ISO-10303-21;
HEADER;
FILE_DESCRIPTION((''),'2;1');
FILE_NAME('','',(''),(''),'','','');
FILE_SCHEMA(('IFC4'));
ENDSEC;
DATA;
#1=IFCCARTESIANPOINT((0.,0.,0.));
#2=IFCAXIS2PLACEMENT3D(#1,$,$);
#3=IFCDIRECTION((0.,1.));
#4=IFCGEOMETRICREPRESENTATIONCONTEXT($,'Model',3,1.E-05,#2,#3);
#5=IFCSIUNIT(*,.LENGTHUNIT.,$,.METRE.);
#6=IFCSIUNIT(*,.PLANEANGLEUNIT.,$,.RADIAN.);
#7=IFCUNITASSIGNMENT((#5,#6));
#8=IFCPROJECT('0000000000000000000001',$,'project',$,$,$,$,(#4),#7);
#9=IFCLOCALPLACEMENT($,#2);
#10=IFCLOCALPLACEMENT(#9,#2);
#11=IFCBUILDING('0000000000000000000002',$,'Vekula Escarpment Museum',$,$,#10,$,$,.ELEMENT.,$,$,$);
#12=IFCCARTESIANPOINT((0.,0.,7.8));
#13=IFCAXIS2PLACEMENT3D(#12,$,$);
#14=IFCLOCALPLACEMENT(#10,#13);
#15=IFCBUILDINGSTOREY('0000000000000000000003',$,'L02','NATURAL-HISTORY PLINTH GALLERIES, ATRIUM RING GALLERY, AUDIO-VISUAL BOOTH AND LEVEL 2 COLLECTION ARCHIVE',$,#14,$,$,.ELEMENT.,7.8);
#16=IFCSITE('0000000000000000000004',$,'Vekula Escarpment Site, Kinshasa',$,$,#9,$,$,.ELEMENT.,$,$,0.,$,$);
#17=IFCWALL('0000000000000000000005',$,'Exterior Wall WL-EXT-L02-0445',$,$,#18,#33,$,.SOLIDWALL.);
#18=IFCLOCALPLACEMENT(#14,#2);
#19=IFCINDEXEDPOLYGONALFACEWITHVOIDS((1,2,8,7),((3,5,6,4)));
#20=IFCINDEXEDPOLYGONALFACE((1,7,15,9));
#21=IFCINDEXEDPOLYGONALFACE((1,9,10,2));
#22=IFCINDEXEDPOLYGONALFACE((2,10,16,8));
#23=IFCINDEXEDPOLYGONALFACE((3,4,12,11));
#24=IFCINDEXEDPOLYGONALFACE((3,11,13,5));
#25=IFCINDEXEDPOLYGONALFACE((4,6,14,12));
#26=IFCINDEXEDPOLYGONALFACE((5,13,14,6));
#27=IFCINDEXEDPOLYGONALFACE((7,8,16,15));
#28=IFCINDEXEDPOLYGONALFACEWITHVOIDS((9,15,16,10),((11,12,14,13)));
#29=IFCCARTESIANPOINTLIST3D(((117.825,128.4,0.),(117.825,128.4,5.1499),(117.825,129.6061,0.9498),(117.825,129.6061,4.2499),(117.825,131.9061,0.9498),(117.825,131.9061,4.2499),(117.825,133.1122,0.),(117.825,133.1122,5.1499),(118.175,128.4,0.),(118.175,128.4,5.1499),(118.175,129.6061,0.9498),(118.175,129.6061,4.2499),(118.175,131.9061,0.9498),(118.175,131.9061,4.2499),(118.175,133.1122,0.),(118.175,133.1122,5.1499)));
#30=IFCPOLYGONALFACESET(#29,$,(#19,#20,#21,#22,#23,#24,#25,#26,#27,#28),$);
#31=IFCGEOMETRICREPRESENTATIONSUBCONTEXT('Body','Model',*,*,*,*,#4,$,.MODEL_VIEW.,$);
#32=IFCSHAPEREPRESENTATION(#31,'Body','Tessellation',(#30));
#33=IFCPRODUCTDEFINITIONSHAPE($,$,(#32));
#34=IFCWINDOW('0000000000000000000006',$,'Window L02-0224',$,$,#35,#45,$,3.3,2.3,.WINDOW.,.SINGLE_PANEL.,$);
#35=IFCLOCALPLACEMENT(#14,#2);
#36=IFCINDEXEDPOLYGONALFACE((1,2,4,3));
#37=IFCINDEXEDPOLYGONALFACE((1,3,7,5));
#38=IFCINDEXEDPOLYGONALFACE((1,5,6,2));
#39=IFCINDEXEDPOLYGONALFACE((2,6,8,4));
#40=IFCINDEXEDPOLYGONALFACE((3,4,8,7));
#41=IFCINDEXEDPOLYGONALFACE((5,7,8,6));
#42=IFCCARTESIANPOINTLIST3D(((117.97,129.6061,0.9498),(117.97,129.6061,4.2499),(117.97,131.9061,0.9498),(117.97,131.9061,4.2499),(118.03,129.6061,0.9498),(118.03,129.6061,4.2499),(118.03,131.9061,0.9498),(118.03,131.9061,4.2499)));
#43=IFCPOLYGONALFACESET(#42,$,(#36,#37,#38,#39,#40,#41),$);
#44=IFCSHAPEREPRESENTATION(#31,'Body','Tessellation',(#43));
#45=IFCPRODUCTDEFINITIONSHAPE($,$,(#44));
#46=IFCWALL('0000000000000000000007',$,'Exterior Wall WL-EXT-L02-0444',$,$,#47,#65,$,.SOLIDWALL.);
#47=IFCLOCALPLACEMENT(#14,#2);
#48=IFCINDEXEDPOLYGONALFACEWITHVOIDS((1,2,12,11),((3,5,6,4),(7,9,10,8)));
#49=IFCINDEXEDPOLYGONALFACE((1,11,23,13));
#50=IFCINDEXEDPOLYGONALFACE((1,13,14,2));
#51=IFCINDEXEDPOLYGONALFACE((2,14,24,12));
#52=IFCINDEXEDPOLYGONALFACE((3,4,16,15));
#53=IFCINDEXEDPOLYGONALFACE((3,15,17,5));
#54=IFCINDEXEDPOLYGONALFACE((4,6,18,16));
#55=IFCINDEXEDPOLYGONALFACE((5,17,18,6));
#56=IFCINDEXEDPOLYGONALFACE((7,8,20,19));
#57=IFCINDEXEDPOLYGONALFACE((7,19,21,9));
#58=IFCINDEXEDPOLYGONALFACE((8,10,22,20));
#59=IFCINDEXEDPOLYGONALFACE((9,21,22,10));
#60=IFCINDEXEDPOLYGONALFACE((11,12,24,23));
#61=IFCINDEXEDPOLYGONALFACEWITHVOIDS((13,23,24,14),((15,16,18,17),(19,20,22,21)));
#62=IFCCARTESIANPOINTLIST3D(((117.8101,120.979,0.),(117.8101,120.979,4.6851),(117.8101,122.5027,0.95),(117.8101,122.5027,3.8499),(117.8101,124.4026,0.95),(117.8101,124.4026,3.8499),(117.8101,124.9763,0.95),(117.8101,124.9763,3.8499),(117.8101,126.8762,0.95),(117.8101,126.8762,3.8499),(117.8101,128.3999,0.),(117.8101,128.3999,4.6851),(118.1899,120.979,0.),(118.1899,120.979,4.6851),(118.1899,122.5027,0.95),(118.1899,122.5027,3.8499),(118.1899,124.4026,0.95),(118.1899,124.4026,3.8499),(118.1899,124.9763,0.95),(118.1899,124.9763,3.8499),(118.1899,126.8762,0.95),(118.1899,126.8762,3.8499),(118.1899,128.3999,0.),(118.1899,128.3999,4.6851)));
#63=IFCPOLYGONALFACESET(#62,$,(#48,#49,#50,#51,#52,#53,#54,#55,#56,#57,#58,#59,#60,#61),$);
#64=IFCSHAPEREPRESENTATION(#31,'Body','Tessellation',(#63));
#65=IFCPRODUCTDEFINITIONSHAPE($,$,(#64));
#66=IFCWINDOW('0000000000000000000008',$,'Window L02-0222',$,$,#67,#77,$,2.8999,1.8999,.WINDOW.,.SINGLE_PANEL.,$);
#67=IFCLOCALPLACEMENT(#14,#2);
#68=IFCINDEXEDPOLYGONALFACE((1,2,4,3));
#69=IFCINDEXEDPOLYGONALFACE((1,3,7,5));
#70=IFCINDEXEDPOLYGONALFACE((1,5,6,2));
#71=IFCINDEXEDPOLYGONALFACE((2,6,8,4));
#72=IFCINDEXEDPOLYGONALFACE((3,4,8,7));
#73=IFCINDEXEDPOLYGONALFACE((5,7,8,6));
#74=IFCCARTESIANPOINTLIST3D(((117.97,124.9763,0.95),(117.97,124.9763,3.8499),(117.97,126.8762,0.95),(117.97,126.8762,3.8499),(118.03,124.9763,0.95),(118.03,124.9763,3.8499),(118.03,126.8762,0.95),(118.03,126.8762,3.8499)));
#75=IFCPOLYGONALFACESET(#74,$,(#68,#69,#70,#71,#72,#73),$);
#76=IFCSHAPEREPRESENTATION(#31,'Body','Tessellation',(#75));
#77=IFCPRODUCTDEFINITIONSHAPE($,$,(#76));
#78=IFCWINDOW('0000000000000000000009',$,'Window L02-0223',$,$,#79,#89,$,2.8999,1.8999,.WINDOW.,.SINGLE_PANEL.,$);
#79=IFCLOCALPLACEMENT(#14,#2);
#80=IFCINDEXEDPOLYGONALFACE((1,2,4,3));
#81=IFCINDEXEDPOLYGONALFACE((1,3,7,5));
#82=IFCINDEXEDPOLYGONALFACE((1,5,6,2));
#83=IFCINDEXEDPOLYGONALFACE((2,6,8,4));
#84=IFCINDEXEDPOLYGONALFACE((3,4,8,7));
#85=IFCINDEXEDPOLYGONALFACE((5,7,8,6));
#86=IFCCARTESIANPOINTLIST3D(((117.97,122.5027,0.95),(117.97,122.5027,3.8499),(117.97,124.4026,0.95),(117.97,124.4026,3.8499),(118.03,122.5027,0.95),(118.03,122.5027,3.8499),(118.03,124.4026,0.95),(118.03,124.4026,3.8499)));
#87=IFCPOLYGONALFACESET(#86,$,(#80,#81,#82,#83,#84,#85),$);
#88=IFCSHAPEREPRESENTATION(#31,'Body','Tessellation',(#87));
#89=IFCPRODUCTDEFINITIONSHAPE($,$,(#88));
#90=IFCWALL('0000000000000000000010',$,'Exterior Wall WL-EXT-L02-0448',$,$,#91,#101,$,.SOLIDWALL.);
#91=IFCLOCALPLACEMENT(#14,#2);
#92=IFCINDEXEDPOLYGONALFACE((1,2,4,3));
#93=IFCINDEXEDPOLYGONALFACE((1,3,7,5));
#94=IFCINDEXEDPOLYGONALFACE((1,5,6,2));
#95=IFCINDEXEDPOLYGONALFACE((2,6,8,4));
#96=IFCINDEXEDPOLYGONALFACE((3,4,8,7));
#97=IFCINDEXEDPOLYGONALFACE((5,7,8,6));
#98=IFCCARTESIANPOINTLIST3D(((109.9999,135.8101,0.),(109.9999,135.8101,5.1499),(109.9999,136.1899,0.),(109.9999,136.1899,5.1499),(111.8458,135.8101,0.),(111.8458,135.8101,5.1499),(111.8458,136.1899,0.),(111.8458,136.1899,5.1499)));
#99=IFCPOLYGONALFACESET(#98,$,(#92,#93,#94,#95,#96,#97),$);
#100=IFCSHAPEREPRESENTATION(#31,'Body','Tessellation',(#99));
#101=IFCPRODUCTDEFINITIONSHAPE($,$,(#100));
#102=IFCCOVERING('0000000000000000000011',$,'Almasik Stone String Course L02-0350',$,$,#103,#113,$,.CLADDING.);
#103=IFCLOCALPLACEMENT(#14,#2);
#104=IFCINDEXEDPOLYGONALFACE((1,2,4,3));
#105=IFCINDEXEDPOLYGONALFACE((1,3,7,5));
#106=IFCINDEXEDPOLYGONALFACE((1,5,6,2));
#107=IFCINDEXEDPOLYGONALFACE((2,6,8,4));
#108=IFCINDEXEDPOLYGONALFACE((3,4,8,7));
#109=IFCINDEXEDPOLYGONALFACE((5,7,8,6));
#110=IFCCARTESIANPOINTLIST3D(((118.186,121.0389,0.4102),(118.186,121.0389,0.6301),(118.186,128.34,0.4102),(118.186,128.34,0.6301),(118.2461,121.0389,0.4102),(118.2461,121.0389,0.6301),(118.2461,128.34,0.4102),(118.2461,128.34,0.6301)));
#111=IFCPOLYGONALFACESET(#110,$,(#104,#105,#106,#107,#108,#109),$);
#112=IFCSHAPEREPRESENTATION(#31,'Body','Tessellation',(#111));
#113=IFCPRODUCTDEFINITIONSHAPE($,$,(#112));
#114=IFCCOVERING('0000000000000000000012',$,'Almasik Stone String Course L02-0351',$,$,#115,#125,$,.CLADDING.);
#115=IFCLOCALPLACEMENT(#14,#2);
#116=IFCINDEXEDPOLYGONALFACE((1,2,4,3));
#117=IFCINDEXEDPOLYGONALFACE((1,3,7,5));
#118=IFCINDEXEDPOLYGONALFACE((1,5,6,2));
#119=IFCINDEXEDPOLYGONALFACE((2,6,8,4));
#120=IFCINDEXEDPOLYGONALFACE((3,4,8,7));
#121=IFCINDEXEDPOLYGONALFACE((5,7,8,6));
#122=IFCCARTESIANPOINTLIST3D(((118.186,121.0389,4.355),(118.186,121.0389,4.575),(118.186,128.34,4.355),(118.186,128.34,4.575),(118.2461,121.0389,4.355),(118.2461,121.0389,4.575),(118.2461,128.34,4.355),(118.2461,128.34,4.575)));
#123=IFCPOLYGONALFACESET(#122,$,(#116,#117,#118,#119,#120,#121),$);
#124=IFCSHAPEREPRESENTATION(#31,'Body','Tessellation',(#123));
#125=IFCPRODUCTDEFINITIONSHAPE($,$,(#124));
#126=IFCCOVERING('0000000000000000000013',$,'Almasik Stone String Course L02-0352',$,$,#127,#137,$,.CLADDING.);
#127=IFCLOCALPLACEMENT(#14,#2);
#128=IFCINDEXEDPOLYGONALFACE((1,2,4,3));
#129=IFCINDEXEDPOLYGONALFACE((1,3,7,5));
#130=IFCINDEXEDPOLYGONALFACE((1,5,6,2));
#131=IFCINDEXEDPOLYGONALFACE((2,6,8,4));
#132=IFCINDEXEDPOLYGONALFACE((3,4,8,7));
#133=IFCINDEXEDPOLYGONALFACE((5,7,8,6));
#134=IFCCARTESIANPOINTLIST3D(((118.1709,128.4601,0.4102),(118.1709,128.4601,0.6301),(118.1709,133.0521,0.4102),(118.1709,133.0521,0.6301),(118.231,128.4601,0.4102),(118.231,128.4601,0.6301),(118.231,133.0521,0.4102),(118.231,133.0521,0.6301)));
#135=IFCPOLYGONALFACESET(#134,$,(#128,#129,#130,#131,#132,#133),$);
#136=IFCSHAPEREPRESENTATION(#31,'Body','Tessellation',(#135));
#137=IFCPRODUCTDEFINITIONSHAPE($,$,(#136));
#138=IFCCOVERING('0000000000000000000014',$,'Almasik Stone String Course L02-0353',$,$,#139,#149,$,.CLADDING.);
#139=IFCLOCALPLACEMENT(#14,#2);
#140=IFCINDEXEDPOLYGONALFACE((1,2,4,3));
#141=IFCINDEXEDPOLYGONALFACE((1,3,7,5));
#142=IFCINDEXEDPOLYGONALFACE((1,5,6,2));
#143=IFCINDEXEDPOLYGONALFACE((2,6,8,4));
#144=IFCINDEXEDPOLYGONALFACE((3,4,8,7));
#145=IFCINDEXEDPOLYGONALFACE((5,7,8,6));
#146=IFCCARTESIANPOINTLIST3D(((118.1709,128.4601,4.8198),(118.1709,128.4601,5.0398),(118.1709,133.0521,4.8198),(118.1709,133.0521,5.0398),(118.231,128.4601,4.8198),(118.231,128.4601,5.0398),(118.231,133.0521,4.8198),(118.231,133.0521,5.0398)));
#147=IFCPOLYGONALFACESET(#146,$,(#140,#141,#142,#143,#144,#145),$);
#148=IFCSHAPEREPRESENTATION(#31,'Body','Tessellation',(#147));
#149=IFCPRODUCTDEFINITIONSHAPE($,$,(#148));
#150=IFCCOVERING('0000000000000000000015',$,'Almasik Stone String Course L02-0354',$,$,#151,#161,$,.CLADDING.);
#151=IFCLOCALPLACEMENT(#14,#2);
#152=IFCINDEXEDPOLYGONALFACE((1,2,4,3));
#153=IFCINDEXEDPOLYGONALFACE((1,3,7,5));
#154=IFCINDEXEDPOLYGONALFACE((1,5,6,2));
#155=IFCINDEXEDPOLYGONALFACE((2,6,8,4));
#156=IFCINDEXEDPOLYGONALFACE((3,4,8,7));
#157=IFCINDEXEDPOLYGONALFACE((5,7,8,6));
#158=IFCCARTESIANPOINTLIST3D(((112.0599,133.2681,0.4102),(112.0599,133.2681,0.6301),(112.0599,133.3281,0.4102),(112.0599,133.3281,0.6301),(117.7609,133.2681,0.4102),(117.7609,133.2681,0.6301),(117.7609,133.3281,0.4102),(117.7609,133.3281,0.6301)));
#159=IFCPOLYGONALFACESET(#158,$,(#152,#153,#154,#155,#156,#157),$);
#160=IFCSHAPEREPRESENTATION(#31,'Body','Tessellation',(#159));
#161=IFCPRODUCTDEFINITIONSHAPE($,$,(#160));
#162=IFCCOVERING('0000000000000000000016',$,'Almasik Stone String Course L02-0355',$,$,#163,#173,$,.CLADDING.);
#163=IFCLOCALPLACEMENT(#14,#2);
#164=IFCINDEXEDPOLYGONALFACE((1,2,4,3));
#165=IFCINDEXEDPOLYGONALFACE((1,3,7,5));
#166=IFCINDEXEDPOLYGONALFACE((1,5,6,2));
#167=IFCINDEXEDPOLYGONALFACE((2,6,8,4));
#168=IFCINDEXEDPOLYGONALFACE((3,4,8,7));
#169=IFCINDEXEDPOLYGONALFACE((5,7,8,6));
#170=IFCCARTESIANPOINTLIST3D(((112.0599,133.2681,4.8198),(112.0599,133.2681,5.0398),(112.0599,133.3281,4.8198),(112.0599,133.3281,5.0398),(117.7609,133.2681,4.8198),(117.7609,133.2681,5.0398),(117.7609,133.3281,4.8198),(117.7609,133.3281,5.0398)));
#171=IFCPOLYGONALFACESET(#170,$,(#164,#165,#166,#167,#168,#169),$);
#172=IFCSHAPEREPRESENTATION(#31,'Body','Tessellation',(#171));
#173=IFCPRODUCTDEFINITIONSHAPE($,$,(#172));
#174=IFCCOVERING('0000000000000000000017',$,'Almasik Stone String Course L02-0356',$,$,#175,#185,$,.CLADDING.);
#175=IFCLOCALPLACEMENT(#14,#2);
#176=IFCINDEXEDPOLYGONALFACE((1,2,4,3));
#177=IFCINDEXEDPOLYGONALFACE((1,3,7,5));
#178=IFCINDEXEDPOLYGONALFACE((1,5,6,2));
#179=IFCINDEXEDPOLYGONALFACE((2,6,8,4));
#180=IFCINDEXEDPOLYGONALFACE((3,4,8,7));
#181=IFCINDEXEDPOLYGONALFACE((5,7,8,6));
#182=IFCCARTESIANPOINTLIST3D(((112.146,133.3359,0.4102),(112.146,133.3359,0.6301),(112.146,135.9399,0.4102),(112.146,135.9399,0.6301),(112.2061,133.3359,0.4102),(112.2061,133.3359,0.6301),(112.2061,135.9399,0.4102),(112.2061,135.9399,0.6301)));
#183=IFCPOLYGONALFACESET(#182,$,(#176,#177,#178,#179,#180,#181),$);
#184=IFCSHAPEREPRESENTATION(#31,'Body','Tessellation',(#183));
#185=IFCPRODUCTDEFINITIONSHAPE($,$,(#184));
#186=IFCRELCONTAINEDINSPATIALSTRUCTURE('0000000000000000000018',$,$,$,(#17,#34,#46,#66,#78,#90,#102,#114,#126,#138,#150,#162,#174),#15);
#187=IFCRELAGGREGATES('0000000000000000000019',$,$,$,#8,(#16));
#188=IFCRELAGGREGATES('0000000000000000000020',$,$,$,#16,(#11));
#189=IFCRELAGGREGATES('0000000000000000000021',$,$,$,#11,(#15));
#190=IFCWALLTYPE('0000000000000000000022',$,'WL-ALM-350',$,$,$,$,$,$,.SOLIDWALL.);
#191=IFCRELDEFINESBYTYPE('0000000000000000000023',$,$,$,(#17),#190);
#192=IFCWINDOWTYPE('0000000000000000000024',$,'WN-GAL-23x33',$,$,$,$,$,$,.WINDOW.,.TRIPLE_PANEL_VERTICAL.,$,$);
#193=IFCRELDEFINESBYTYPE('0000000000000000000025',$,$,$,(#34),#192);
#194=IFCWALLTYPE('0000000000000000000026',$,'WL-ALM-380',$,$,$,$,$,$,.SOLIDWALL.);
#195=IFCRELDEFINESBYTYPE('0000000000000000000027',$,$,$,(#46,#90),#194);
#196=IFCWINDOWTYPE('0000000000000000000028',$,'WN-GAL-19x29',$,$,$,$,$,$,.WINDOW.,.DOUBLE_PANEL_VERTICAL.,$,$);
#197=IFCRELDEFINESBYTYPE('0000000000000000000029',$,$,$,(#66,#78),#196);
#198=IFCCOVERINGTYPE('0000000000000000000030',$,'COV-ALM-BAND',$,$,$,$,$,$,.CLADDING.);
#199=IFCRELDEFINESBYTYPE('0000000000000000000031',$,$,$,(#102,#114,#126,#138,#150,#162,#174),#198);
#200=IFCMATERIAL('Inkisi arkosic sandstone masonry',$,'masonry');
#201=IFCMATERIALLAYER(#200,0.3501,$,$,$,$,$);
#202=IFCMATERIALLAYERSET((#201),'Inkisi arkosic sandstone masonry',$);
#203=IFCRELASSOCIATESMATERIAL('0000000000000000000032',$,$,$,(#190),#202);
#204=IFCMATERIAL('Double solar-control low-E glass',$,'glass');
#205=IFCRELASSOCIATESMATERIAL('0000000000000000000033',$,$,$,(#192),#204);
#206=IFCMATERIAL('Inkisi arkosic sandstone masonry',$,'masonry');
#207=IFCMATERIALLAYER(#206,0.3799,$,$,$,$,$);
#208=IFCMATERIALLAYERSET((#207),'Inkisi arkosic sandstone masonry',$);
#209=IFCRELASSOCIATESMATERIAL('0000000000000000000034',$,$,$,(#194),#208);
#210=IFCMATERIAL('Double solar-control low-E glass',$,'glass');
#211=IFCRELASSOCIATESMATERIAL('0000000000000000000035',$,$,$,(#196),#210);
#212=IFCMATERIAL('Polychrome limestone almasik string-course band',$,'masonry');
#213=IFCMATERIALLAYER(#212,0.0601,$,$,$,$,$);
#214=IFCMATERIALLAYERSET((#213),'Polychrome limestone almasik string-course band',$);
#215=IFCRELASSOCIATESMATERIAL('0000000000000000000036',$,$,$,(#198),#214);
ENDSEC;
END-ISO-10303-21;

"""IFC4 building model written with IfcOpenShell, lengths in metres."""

from ifc_helpers import new_model, si_unit, direction, frame, frame_2d, origin, origin_2d, place, context, subcontext, project, spatial, rectangle, extrude, material, layer, layer_set, type_object, element, fill, save


model = new_model("IFC4")

# Units and contexts
model_context = context("Model", 3, precision=1e-05, world=origin(), true_north=direction((0.0, 1.0)))
body_context = subcontext(model_context, "Body", "Model", "MODEL_VIEW")
ifc_project = project(units=[si_unit("LENGTHUNIT", "METRE"), si_unit("PLANEANGLEUNIT", "RADIAN")], contexts=[model_context])

# Site, building, storey
site_placement = place(None, origin())
site = spatial("IfcSite", under=ifc_project, at=site_placement, Name="Vekula Escarpment Site, Kinshasa", CompositionType="ELEMENT", RefElevation=0.0)
building_placement = place(site_placement, origin())
building = spatial("IfcBuilding", under=site, at=building_placement, Name="Vekula Escarpment Museum", CompositionType="ELEMENT")
storey_placement = place(building_placement, frame((0.0, 0.0, 7.8)))
storey = spatial("IfcBuildingStorey", under=building, at=storey_placement, Name="L02", Description="NATURAL-HISTORY PLINTH GALLERIES, ATRIUM RING GALLERY, AUDIO-VISUAL BOOTH AND LEVEL 2 COLLECTION ARCHIVE", CompositionType="ELEMENT", Elevation=7.8)

# Wall, opening, window
ifc_material_1 = material(Name="Inkisi arkosic sandstone masonry", Category="masonry")
ifc_layer_1 = layer(ifc_material_1, 0.3501)
ifc_layer_set_1 = layer_set([ifc_layer_1], Name="Inkisi arkosic sandstone masonry")
wall_type_1 = type_object("IfcWallType", Name="WL-ALM-350", PredefinedType="SOLIDWALL", material=ifc_layer_set_1)
wall_1_placement = place(storey_placement, frame((118.0, 133.1121, 0.0), z_axis=(0.0, 0.0, 1.0), x_axis=(0.0, -1.0, 0.0)))
wall_1 = element("IfcWall", 1, at=wall_1_placement, inside=storey, type_object=wall_type_1, Name="Exterior Wall WL-EXT-L02-0445", PredefinedType="SOLIDWALL", context=body_context, shape_type="SweptSolid", body=[
    extrude(rectangle(XDim=4.7122, YDim=0.3501, at=frame_2d((2.356, 0.0))), origin(), (0.0, 0.0, 1.0), 5.1499),
])
opening_1_placement = place(wall_1_placement, frame((1.2061, 0.0, 0.95)))
opening_1 = element("IfcOpeningElement", 2, at=opening_1_placement, cuts=wall_1, PredefinedType="OPENING", context=body_context, shape_type="SweptSolid", body=[
    extrude(rectangle(XDim=2.3, YDim=3.3, at=frame_2d((1.1499, 1.6499))), frame((0.0, 0.1851, 0.0), z_axis=(0.0, -1.0, 0.0), x_axis=(1.0, 0.0, 0.0)), (0.0, 0.0, 1.0), 0.3701),
])
ifc_material_2 = material(Name="Double solar-control low-E glass", Category="glass")
window_type_1 = type_object("IfcWindowType", Name="WN-GAL-23x33", PartitioningType="TRIPLE_PANEL_VERTICAL", PredefinedType="WINDOW", material=ifc_material_2)
window_1_placement = place(opening_1_placement, origin())
window_1 = element("IfcWindow", 3, at=window_1_placement, inside=storey, type_object=window_type_1, Name="Window L02-0224", OverallHeight=3.3, OverallWidth=2.3, PartitioningType="SINGLE_PANEL", PredefinedType="WINDOW", context=body_context, shape_type="SweptSolid", body=[
    extrude(rectangle(XDim=2.3, YDim=3.3, at=frame_2d((1.1499, 1.6499))), frame((0.0, 0.03, 0.0), z_axis=(0.0, -1.0, 0.0), x_axis=(1.0, 0.0, 0.0)), (0.0, 0.0, 1.0), 0.0601),
])
fill(opening_1, window_1)

# Wall, openings, windows
ifc_material_3 = material(Name="Inkisi arkosic sandstone masonry", Category="masonry")
ifc_layer_2 = layer(ifc_material_3, 0.3799)
ifc_layer_set_2 = layer_set([ifc_layer_2], Name="Inkisi arkosic sandstone masonry")
wall_type_2 = type_object("IfcWallType", Name="WL-ALM-380", PredefinedType="SOLIDWALL", material=ifc_layer_set_2)
wall_2_placement = place(storey_placement, frame((118.0, 128.3999, 0.0), z_axis=(0.0, 0.0, 1.0), x_axis=(0.0, -1.0, 0.0)))
wall_2 = element("IfcWall", 4, at=wall_2_placement, inside=storey, type_object=wall_type_2, Name="Exterior Wall WL-EXT-L02-0444", PredefinedType="SOLIDWALL", context=body_context, shape_type="SweptSolid", body=[
    extrude(rectangle(XDim=7.4209, YDim=0.3799, at=frame_2d((3.7104, 0.0))), origin(), (0.0, 0.0, 1.0), 4.6851),
])
opening_2_placement = place(wall_2_placement, frame((1.5237, 0.0, 0.95)))
opening_2 = element("IfcOpeningElement", 5, at=opening_2_placement, cuts=wall_2, PredefinedType="OPENING", context=body_context, shape_type="SweptSolid", body=[
    extrude(rectangle(XDim=1.8999, YDim=2.8999, at=frame_2d((0.95, 1.45))), frame((0.0, 0.2, 0.0), z_axis=(0.0, -1.0, 0.0), x_axis=(1.0, 0.0, 0.0)), (0.0, 0.0, 1.0), 0.3999),
])
opening_3_placement = place(wall_2_placement, frame((3.9973, 0.0, 0.95)))
opening_3 = element("IfcOpeningElement", 6, at=opening_3_placement, cuts=wall_2, PredefinedType="OPENING", context=body_context, shape_type="SweptSolid", body=[
    extrude(rectangle(XDim=1.8999, YDim=2.8999, at=frame_2d((0.95, 1.45))), frame((0.0, 0.2, 0.0), z_axis=(0.0, -1.0, 0.0), x_axis=(1.0, 0.0, 0.0)), (0.0, 0.0, 1.0), 0.3999),
])
ifc_material_4 = material(Name="Double solar-control low-E glass", Category="glass")
window_type_2 = type_object("IfcWindowType", Name="WN-GAL-19x29", PartitioningType="DOUBLE_PANEL_VERTICAL", PredefinedType="WINDOW", material=ifc_material_4)
window_2_placement = place(opening_2_placement, origin())
window_2 = element("IfcWindow", 7, at=window_2_placement, inside=storey, type_object=window_type_2, Name="Window L02-0222", OverallHeight=2.8999, OverallWidth=1.8999, PartitioningType="SINGLE_PANEL", PredefinedType="WINDOW", context=body_context, shape_type="SweptSolid", body=[
    extrude(rectangle(XDim=1.8999, YDim=2.8999, at=frame_2d((0.95, 1.45))), frame((0.0, 0.03, 0.0), z_axis=(0.0, -1.0, 0.0), x_axis=(1.0, 0.0, 0.0)), (0.0, 0.0, 1.0), 0.0601),
])
fill(opening_2, window_2)
window_3_placement = place(opening_3_placement, origin())
window_3 = element("IfcWindow", 8, at=window_3_placement, inside=storey, type_object=window_type_2, Name="Window L02-0223", OverallHeight=2.8999, OverallWidth=1.8999, PartitioningType="SINGLE_PANEL", PredefinedType="WINDOW", context=body_context, shape_type="SweptSolid", body=[
    extrude(rectangle(XDim=1.8999, YDim=2.8999, at=frame_2d((0.95, 1.45))), frame((0.0, 0.03, 0.0), z_axis=(0.0, -1.0, 0.0), x_axis=(1.0, 0.0, 0.0)), (0.0, 0.0, 1.0), 0.0601),
])
fill(opening_3, window_3)

# Wall
wall_3_placement = place(storey_placement, frame((110.0, 136.0, 0.0), z_axis=(0.0, 0.0, 1.0), x_axis=(1.0, 0.0, 0.0)))
element("IfcWall", 9, at=wall_3_placement, inside=storey, type_object=wall_type_2, Name="Exterior Wall WL-EXT-L02-0448", PredefinedType="SOLIDWALL", context=body_context, shape_type="SweptSolid", body=[
    extrude(rectangle(XDim=1.8459, YDim=0.3799, at=frame_2d((0.9229, 0.0))), origin(), (0.0, 0.0, 1.0), 5.1499),
])

# Coverings
ifc_material_5 = material(Name="Polychrome limestone almasik string-course band", Category="masonry")
ifc_layer_3 = layer(ifc_material_5, 0.0601)
ifc_layer_set_3 = layer_set([ifc_layer_3], Name="Polychrome limestone almasik string-course band")
covering_type = type_object("IfcCoveringType", Name="COV-ALM-BAND", PredefinedType="CLADDING", material=ifc_layer_set_3)
for number, where, z_axis, x_axis, name in (
    (10, (118.2161, 124.6895, 0.4102), (0.0, 0.0, 1.0), (0.0, 1.0, 0.0), "Almasik Stone String Course L02-0350"),
    (11, (118.2161, 124.6895, 4.355), (0.0, 0.0, 1.0), (0.0, 1.0, 0.0), "Almasik Stone String Course L02-0351"),
):
    element("IfcCovering", number, at=place(storey_placement, frame(where, z_axis=z_axis, x_axis=x_axis)), inside=storey, type_object=covering_type, Name=name, PredefinedType="CLADDING", context=body_context, shape_type="SweptSolid", body=[
        extrude(rectangle(XDim=7.301, YDim=0.0601, at=origin_2d()), origin(), (0.0, 0.0, 1.0), 0.22),
    ])
for number, where, z_axis, x_axis, name in (
    (12, (118.2009, 130.7561, 0.4102), (0.0, 0.0, 1.0), (0.0, 1.0, 0.0), "Almasik Stone String Course L02-0352"),
    (13, (118.2009, 130.7561, 4.8198), (0.0, 0.0, 1.0), (0.0, 1.0, 0.0), "Almasik Stone String Course L02-0353"),
):
    element("IfcCovering", number, at=place(storey_placement, frame(where, z_axis=z_axis, x_axis=x_axis)), inside=storey, type_object=covering_type, Name=name, PredefinedType="CLADDING", context=body_context, shape_type="SweptSolid", body=[
        extrude(rectangle(XDim=4.592, YDim=0.0601, at=origin_2d()), origin(), (0.0, 0.0, 1.0), 0.22),
    ])
for number, where, z_axis, x_axis, name in (
    (14, (114.9104, 133.2981, 0.4102), (0.0, 0.0, 1.0), (1.0, 0.0, 0.0), "Almasik Stone String Course L02-0354"),
    (15, (114.9104, 133.2981, 4.8198), (0.0, 0.0, 1.0), (1.0, 0.0, 0.0), "Almasik Stone String Course L02-0355"),
):
    element("IfcCovering", number, at=place(storey_placement, frame(where, z_axis=z_axis, x_axis=x_axis)), inside=storey, type_object=covering_type, Name=name, PredefinedType="CLADDING", context=body_context, shape_type="SweptSolid", body=[
        extrude(rectangle(XDim=5.7009, YDim=0.0601, at=origin_2d()), origin(), (0.0, 0.0, 1.0), 0.22),
    ])
for number, where, z_axis, x_axis, name in (
    (16, (112.176, 134.6379, 0.4102), (0.0, 0.0, 1.0), (0.0, 1.0, 0.0), "Almasik Stone String Course L02-0356"),
):
    element("IfcCovering", number, at=place(storey_placement, frame(where, z_axis=z_axis, x_axis=x_axis)), inside=storey, type_object=covering_type, Name=name, PredefinedType="CLADDING", context=body_context, shape_type="SweptSolid", body=[
        extrude(rectangle(XDim=2.604, YDim=0.0601, at=origin_2d()), origin(), (0.0, 0.0, 1.0), 0.22),
    ])

save(model, "model.ifc")
